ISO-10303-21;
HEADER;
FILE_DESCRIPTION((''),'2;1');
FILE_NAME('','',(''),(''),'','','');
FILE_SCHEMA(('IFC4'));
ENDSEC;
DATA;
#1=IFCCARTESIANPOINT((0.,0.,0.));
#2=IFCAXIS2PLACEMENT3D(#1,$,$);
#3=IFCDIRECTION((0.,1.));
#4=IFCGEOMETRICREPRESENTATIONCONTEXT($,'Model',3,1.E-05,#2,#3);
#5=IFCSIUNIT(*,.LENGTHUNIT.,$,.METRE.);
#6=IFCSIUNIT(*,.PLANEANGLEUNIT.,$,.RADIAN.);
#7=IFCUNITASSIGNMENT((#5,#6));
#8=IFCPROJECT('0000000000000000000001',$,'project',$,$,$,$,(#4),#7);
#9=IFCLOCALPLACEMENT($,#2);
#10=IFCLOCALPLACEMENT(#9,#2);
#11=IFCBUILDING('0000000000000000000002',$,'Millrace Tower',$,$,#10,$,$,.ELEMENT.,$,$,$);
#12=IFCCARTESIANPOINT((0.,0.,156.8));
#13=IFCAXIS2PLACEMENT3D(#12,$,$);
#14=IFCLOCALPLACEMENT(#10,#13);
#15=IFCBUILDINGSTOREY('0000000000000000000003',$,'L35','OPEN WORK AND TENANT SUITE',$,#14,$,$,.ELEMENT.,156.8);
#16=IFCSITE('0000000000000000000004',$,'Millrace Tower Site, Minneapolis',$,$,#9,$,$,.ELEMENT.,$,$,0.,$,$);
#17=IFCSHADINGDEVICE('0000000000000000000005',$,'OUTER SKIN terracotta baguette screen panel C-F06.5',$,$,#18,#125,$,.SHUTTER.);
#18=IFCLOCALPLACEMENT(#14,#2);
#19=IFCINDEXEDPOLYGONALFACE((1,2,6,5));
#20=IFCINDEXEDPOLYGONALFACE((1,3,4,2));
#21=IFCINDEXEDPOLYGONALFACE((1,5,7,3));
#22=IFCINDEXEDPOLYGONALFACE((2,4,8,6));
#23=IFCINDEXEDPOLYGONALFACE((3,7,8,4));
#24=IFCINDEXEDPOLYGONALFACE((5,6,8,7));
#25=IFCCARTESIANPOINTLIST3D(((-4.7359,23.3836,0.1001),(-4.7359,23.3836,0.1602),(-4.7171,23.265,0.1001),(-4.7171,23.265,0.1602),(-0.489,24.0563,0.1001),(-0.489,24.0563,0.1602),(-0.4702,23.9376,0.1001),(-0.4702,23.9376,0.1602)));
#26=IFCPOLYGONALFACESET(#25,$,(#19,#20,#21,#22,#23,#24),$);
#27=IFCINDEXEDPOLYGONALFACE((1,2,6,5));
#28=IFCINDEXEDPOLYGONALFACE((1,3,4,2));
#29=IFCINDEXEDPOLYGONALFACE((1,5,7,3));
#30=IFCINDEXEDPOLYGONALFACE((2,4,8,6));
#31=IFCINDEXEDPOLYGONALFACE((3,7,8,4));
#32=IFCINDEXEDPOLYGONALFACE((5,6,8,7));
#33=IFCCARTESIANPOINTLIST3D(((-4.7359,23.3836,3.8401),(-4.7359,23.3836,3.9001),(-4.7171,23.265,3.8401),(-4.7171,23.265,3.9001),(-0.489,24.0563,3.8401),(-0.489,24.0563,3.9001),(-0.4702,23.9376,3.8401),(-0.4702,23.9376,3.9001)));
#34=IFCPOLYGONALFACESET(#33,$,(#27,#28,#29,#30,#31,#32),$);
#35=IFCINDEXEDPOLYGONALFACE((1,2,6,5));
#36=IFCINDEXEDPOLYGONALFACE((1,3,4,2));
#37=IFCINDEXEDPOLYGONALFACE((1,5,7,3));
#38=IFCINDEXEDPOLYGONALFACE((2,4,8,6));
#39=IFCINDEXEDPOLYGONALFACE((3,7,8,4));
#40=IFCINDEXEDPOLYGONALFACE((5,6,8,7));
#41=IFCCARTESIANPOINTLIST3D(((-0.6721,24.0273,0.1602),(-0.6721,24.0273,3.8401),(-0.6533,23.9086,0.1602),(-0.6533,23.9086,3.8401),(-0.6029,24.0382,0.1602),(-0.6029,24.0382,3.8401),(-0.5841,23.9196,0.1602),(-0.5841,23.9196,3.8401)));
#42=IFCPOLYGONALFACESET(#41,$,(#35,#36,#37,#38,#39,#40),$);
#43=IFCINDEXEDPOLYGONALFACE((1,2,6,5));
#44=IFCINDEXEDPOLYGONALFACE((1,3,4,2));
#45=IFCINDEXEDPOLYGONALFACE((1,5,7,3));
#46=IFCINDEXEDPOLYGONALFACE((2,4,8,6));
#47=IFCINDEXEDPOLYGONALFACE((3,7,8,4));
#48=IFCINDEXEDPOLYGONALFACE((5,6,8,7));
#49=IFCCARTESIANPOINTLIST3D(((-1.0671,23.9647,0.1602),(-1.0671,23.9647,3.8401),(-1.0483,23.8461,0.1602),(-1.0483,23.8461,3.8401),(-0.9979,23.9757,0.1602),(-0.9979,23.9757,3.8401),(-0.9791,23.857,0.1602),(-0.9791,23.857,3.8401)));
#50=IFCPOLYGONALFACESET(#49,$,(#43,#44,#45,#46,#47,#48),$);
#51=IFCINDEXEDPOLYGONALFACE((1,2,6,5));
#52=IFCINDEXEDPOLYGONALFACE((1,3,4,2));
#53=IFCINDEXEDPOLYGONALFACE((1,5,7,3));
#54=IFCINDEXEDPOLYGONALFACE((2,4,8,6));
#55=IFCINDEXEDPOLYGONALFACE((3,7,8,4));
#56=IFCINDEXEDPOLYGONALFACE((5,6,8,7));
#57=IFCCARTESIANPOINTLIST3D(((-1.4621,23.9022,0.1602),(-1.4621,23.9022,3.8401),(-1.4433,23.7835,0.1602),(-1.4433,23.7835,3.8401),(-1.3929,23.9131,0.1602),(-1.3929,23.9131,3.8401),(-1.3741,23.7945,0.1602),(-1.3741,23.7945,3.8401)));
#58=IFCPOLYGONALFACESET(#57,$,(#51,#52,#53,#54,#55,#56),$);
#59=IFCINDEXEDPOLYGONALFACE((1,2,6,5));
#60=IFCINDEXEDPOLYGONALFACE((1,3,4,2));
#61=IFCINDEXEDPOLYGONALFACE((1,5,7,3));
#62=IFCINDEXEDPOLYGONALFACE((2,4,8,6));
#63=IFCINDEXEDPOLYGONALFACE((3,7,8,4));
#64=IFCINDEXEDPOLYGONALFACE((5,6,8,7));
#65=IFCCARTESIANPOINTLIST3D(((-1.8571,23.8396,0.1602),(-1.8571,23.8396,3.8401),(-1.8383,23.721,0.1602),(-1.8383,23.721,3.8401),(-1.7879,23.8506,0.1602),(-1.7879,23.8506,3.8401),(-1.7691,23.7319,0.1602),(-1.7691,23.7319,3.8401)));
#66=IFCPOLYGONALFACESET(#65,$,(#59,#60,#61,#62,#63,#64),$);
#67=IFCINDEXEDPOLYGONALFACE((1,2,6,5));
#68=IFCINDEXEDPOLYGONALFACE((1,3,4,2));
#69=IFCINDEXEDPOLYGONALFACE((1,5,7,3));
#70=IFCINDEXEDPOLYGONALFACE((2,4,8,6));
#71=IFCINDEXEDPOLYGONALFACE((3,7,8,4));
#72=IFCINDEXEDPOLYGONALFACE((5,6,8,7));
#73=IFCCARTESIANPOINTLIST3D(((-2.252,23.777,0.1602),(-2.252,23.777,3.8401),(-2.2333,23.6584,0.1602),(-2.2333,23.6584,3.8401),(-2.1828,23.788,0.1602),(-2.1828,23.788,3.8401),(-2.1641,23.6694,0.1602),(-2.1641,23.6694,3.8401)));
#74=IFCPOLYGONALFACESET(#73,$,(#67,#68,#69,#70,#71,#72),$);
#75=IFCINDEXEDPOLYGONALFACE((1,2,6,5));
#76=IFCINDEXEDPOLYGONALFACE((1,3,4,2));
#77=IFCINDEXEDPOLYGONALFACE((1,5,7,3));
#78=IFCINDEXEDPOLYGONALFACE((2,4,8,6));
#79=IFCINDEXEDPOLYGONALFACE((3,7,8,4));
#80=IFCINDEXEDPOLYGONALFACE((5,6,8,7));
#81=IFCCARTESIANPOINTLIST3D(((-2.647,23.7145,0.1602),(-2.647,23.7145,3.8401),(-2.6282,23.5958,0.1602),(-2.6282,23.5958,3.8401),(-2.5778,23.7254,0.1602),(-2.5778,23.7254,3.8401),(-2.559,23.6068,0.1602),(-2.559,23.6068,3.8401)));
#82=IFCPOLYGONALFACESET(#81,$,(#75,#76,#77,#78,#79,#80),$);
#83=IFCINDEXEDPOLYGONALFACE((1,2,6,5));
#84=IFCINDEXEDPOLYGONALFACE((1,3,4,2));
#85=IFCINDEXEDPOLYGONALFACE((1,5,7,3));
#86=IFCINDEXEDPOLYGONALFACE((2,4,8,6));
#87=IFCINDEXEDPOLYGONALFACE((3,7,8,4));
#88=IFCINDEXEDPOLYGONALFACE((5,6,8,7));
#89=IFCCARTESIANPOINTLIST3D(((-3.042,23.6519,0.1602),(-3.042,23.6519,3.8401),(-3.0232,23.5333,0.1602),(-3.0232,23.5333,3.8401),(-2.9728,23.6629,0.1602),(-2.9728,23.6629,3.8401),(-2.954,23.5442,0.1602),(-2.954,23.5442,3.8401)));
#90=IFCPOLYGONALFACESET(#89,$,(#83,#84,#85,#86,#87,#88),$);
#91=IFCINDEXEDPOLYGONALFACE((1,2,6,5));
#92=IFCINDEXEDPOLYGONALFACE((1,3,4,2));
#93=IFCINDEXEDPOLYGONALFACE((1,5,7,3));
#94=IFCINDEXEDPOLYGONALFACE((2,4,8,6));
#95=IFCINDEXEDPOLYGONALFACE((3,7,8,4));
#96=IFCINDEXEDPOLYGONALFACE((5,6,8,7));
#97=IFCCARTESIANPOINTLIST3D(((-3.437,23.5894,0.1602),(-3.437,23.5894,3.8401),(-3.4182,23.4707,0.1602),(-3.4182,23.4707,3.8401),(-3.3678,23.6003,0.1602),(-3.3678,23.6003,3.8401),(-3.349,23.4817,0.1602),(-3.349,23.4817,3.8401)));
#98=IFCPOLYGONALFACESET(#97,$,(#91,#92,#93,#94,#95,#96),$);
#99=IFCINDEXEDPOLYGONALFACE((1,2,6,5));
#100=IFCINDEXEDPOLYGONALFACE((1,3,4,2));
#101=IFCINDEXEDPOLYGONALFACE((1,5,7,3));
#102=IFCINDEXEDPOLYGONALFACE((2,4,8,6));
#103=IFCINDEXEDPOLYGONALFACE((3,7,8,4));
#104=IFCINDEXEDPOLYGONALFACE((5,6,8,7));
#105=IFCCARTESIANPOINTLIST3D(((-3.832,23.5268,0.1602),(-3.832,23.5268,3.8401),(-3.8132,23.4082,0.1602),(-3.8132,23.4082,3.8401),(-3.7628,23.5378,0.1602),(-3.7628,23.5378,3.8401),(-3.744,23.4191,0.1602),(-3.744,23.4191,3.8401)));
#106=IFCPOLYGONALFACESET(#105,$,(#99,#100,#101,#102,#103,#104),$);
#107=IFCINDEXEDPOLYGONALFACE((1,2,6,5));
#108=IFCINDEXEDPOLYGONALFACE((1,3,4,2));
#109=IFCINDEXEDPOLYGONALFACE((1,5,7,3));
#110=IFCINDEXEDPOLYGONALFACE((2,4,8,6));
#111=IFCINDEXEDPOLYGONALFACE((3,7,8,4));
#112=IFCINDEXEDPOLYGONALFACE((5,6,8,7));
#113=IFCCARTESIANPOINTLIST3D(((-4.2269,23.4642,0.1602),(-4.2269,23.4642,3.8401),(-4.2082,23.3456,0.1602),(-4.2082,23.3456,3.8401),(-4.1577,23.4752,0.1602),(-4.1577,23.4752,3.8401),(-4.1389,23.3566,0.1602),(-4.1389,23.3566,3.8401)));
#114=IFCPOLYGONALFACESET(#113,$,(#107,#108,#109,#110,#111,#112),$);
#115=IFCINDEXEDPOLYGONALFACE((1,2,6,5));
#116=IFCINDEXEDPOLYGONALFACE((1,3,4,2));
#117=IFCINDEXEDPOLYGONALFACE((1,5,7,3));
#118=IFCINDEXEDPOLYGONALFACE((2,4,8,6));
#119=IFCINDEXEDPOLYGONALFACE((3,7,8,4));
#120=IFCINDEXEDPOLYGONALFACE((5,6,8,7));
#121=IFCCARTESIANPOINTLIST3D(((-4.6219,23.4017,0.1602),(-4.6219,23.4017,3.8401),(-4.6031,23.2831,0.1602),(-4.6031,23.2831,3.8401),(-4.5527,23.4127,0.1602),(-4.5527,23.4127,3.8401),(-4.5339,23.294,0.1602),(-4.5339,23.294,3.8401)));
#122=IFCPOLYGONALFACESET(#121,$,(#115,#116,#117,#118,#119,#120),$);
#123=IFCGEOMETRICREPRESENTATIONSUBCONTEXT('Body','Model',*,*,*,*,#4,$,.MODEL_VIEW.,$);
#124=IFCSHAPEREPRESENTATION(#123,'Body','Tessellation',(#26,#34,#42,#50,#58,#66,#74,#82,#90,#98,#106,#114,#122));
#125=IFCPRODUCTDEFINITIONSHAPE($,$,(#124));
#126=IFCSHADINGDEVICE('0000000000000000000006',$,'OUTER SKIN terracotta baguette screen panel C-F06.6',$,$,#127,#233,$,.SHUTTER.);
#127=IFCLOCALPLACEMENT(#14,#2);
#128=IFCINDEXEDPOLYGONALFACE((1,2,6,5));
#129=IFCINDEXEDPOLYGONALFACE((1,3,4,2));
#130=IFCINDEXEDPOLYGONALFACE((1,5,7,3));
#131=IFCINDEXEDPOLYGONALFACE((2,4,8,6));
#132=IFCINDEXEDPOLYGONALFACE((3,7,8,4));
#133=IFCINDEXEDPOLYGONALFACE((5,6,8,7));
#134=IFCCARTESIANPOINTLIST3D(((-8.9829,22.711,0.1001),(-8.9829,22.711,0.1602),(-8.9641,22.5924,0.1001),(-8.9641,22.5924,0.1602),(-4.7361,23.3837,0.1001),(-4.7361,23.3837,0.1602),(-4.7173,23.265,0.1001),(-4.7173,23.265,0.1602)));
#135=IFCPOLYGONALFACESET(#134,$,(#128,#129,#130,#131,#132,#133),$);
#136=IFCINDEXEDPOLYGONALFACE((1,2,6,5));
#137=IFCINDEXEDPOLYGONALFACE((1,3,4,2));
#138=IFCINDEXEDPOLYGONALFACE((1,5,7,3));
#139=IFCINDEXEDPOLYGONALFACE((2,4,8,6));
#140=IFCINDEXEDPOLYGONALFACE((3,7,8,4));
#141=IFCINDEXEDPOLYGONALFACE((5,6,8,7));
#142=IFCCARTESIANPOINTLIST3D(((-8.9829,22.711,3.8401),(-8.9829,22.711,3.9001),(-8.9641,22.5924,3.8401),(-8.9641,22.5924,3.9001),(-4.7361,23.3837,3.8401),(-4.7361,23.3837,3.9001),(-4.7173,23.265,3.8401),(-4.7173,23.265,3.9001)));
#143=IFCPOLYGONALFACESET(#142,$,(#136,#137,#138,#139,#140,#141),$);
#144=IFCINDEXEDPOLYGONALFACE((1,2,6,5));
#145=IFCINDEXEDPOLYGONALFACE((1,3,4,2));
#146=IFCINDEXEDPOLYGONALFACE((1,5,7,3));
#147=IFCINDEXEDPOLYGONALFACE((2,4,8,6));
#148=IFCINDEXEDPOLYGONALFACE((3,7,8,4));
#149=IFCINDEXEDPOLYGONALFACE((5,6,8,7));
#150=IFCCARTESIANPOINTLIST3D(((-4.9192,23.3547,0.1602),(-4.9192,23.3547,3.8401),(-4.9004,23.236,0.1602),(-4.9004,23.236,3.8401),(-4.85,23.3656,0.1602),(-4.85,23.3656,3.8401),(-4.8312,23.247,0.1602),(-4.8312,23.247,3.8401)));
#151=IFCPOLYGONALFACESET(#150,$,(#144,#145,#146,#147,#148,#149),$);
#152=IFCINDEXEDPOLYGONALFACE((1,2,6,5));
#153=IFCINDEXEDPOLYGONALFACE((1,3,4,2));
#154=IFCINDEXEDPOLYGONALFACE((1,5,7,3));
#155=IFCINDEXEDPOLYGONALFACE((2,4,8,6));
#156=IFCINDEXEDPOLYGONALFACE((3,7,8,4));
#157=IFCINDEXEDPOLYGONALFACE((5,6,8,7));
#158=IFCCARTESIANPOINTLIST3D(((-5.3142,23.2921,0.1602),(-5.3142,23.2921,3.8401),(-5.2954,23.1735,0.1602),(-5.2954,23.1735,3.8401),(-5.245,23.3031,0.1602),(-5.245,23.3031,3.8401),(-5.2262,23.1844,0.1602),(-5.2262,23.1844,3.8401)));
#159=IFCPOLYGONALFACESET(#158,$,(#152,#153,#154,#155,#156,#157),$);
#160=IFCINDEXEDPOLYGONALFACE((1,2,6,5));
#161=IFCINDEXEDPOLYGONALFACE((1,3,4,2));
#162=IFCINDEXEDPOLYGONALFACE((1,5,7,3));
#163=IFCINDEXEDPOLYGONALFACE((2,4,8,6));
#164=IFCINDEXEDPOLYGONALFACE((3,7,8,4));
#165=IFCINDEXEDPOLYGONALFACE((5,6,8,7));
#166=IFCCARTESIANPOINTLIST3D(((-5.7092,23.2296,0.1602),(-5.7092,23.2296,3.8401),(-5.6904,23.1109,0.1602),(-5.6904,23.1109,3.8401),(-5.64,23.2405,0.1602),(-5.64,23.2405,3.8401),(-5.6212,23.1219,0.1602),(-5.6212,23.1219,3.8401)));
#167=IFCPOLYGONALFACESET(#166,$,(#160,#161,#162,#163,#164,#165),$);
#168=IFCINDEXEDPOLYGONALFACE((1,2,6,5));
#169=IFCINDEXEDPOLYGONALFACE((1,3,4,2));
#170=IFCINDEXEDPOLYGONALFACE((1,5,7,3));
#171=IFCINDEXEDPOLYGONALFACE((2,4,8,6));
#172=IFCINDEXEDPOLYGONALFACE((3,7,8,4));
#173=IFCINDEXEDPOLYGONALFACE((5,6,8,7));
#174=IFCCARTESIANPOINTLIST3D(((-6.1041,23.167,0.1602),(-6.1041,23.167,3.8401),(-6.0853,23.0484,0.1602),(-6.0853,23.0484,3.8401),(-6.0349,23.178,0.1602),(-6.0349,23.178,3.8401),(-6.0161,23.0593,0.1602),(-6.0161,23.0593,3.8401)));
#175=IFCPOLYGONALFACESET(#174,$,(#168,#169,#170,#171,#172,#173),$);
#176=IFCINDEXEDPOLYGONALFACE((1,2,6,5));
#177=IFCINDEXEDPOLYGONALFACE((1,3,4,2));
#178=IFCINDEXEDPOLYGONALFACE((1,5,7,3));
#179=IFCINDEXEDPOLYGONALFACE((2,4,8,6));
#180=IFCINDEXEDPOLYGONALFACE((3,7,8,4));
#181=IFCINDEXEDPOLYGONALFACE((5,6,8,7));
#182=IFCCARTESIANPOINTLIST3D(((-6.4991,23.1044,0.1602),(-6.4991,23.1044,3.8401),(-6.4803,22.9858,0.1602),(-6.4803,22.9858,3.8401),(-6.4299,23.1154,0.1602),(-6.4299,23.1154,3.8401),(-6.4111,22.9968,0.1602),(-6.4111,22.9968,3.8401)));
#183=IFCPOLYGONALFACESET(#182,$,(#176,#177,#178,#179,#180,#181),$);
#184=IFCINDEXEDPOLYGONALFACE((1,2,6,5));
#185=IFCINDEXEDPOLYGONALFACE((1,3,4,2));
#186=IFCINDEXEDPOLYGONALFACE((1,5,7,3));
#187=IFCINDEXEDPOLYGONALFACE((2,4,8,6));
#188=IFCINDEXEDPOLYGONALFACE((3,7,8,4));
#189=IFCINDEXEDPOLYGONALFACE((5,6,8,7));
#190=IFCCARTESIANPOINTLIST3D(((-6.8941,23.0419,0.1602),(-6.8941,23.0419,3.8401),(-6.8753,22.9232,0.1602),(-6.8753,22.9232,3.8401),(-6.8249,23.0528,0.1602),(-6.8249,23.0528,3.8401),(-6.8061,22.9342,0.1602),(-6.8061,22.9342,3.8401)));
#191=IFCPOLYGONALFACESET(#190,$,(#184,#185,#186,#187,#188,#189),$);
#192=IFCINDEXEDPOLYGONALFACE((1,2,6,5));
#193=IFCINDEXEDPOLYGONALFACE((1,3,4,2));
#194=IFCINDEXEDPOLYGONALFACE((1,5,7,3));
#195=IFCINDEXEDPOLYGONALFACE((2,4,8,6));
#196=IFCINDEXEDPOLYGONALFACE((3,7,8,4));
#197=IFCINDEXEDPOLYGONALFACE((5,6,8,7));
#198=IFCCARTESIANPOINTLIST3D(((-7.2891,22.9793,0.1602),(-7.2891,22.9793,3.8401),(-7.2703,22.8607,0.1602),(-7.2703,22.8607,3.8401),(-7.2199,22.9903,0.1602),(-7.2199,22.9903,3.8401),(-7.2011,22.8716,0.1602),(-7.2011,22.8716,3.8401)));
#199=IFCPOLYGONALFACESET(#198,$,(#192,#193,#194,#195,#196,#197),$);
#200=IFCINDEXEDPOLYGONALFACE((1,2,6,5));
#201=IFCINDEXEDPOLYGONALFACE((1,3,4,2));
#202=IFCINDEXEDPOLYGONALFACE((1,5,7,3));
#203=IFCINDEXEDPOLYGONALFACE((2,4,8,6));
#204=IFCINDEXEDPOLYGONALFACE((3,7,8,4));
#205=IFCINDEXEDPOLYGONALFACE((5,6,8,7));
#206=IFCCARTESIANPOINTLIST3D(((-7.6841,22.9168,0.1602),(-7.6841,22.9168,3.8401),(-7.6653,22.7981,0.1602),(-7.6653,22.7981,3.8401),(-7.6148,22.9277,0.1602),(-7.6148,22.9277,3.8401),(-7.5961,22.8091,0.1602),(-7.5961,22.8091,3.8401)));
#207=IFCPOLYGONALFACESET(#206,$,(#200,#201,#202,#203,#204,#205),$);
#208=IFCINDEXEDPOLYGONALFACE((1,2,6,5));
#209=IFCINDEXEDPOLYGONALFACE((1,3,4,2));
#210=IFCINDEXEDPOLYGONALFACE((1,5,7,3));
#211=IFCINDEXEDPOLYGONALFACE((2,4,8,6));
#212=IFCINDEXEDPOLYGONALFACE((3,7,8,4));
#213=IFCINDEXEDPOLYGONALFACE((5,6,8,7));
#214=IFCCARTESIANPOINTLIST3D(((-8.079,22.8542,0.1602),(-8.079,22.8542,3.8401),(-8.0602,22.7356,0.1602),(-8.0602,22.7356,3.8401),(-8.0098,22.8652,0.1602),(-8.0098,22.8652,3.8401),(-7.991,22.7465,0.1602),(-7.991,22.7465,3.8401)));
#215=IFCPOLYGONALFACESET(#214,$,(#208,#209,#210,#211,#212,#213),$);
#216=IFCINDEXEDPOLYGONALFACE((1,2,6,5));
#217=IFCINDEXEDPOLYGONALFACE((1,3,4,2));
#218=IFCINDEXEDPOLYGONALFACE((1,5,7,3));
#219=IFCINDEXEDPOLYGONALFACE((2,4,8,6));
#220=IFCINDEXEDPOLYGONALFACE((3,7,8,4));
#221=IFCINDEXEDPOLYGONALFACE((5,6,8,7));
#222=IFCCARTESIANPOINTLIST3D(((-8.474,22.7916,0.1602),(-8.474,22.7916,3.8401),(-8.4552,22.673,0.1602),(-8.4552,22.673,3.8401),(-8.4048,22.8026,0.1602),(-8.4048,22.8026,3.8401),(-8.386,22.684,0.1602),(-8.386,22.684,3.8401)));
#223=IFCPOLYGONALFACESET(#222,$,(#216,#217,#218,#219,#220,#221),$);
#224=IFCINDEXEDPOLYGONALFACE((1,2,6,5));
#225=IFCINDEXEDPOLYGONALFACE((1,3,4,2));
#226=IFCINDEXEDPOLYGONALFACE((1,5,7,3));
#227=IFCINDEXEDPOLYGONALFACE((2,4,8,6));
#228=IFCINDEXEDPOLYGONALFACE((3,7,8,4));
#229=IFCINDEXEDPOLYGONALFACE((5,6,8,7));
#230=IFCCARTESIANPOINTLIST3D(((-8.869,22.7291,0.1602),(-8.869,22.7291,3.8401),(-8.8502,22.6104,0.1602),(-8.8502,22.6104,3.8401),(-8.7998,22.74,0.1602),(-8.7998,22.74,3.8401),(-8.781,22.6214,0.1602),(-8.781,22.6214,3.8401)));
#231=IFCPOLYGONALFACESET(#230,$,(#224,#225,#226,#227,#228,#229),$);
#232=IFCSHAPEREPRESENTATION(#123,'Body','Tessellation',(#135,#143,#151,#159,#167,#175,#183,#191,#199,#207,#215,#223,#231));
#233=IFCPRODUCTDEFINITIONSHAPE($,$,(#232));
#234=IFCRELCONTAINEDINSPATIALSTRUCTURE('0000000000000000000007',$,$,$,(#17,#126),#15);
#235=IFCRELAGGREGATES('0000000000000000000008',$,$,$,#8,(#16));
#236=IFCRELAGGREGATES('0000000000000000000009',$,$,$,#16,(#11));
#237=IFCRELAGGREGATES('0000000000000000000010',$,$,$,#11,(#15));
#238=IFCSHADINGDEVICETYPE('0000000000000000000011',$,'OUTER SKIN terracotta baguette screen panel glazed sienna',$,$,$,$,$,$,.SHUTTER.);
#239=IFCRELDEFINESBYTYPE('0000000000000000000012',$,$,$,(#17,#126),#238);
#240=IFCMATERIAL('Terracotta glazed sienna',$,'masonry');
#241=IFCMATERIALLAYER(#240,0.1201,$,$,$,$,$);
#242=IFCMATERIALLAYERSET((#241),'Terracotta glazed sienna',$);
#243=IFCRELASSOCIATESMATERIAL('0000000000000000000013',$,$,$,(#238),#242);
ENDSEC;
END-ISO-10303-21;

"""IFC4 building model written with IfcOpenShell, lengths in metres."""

from ifc_helpers import new_model, entity, si_unit, direction, frame, frame_2d, origin, origin_2d, place, context, subcontext, project, spatial, rectangle, extrude, source, transform, mapped, material, layer, layer_set, type_object, element, save


model = new_model("IFC4")

# Units and contexts
model_context = context("Model", 3, precision=1e-05, world=origin(), true_north=direction((0.0, 1.0)))
body_context = subcontext(model_context, "Body", "Model", "MODEL_VIEW")
ifc_project = project(units=[si_unit("LENGTHUNIT", "METRE"), si_unit("PLANEANGLEUNIT", "RADIAN")], contexts=[model_context])

# Site, building, storey
site_placement = place(None, origin())
site = spatial("IfcSite", under=ifc_project, at=site_placement, Name="Millrace Tower Site, Minneapolis", CompositionType="ELEMENT", RefElevation=0.0)
building_placement = place(site_placement, origin())
building = spatial("IfcBuilding", under=site, at=building_placement, Name="Millrace Tower", CompositionType="ELEMENT")
storey_placement = place(building_placement, frame((0.0, 0.0, 156.8)))
storey = spatial("IfcBuildingStorey", under=building, at=storey_placement, Name="L35", Description="OPEN WORK AND TENANT SUITE", CompositionType="ELEMENT", Elevation=156.8)

# Shading devices
ifc_material_1 = material(Name="Terracotta glazed sienna", Category="masonry")
ifc_layer_1 = layer(ifc_material_1, 0.1201)
ifc_layer_set_1 = layer_set([ifc_layer_1], Name="Terracotta glazed sienna")
shading_device_type = type_object("IfcShadingDeviceType", Name="OUTER SKIN terracotta baguette screen panel glazed sienna", PredefinedType="SHUTTER", material=ifc_layer_set_1)
cartesian_point = entity("IfcCartesianPoint", [-2.1499, 0.0601])
shared_polyline = entity("IfcPolyline", [cartesian_point, entity("IfcCartesianPoint", [2.1499, 0.0601]), entity("IfcCartesianPoint", [2.1499, -0.0601]), entity("IfcCartesianPoint", [-2.1499, -0.0601]), cartesian_point])
shared_shape = source(origin(), body_context, "Body", "SweptSolid", [
    entity("IfcExtrudedAreaSolid", entity("IfcArbitraryClosedProfileDef", "AREA", None, shared_polyline), entity("IfcAxis2Placement3D", entity("IfcCartesianPoint", [0.0, 0.0, 0.0])), entity("IfcDirection", [0.0, 0.0, 1.0]), 0.0601),
    entity("IfcExtrudedAreaSolid", entity("IfcArbitraryClosedProfileDef", "AREA", None, shared_polyline), entity("IfcAxis2Placement3D", entity("IfcCartesianPoint", [0.0, 0.0, 3.74])), entity("IfcDirection", [0.0, 0.0, 1.0]), 0.0601),
    extrude(rectangle(XDim=0.0701, YDim=0.1201, at=frame_2d((-1.9995, 0.0))), frame((0.0, 0.0, 0.0601)), (0.0, 0.0, 1.0), 3.6799),
    extrude(rectangle(XDim=0.0701, YDim=0.1201, at=frame_2d((-1.5996, 0.0))), frame((0.0, 0.0, 0.0601)), (0.0, 0.0, 1.0), 3.6799),
    extrude(rectangle(XDim=0.0701, YDim=0.1201, at=frame_2d((-1.1997, 0.0))), frame((0.0, 0.0, 0.0601)), (0.0, 0.0, 1.0), 3.6799),
    extrude(rectangle(XDim=0.0701, YDim=0.1201, at=frame_2d((-0.7998, 0.0))), frame((0.0, 0.0, 0.0601)), (0.0, 0.0, 1.0), 3.6799),
    extrude(rectangle(XDim=0.0701, YDim=0.1201, at=frame_2d((-0.3999, 0.0))), frame((0.0, 0.0, 0.0601)), (0.0, 0.0, 1.0), 3.6799),
    extrude(rectangle(XDim=0.0701, YDim=0.1201, at=origin_2d()), frame((0.0, 0.0, 0.0601)), (0.0, 0.0, 1.0), 3.6799),
    extrude(rectangle(XDim=0.0701, YDim=0.1201, at=frame_2d((0.3999, 0.0))), frame((0.0, 0.0, 0.0601)), (0.0, 0.0, 1.0), 3.6799),
    extrude(rectangle(XDim=0.0701, YDim=0.1201, at=frame_2d((0.7998, 0.0))), frame((0.0, 0.0, 0.0601)), (0.0, 0.0, 1.0), 3.6799),
    extrude(rectangle(XDim=0.0701, YDim=0.1201, at=frame_2d((1.1997, 0.0))), frame((0.0, 0.0, 0.0601)), (0.0, 0.0, 1.0), 3.6799),
    extrude(rectangle(XDim=0.0701, YDim=0.1201, at=frame_2d((1.5996, 0.0))), frame((0.0, 0.0, 0.0601)), (0.0, 0.0, 1.0), 3.6799),
    extrude(rectangle(XDim=0.0701, YDim=0.1201, at=frame_2d((1.9995, 0.0))), frame((0.0, 0.0, 0.0601)), (0.0, 0.0, 1.0), 3.6799),
])
for number, where, z_axis, x_axis, name in (
    (1, (-2.603, 23.6606, 0.1001), (0.0, 0.0, 1.0), (-0.987688, -0.156434, 0.0), "OUTER SKIN terracotta baguette screen panel C-F06.5"),
    (2, (-6.8501, 22.988, 0.1001), (0.0, 0.0, 1.0), (-0.987688, -0.156434, 0.0), "OUTER SKIN terracotta baguette screen panel C-F06.6"),
):
    element("IfcShadingDevice", number, at=place(storey_placement, frame(where, z_axis=z_axis, x_axis=x_axis)), inside=storey, type_object=shading_device_type, Name=name, PredefinedType="SHUTTER", context=body_context, shape_type="MappedRepresentation", body=[
        mapped(shared_shape, transform((0.0, 0.0, 0.0), scale=1.0)),
    ])

save(model, "model.ifc")
